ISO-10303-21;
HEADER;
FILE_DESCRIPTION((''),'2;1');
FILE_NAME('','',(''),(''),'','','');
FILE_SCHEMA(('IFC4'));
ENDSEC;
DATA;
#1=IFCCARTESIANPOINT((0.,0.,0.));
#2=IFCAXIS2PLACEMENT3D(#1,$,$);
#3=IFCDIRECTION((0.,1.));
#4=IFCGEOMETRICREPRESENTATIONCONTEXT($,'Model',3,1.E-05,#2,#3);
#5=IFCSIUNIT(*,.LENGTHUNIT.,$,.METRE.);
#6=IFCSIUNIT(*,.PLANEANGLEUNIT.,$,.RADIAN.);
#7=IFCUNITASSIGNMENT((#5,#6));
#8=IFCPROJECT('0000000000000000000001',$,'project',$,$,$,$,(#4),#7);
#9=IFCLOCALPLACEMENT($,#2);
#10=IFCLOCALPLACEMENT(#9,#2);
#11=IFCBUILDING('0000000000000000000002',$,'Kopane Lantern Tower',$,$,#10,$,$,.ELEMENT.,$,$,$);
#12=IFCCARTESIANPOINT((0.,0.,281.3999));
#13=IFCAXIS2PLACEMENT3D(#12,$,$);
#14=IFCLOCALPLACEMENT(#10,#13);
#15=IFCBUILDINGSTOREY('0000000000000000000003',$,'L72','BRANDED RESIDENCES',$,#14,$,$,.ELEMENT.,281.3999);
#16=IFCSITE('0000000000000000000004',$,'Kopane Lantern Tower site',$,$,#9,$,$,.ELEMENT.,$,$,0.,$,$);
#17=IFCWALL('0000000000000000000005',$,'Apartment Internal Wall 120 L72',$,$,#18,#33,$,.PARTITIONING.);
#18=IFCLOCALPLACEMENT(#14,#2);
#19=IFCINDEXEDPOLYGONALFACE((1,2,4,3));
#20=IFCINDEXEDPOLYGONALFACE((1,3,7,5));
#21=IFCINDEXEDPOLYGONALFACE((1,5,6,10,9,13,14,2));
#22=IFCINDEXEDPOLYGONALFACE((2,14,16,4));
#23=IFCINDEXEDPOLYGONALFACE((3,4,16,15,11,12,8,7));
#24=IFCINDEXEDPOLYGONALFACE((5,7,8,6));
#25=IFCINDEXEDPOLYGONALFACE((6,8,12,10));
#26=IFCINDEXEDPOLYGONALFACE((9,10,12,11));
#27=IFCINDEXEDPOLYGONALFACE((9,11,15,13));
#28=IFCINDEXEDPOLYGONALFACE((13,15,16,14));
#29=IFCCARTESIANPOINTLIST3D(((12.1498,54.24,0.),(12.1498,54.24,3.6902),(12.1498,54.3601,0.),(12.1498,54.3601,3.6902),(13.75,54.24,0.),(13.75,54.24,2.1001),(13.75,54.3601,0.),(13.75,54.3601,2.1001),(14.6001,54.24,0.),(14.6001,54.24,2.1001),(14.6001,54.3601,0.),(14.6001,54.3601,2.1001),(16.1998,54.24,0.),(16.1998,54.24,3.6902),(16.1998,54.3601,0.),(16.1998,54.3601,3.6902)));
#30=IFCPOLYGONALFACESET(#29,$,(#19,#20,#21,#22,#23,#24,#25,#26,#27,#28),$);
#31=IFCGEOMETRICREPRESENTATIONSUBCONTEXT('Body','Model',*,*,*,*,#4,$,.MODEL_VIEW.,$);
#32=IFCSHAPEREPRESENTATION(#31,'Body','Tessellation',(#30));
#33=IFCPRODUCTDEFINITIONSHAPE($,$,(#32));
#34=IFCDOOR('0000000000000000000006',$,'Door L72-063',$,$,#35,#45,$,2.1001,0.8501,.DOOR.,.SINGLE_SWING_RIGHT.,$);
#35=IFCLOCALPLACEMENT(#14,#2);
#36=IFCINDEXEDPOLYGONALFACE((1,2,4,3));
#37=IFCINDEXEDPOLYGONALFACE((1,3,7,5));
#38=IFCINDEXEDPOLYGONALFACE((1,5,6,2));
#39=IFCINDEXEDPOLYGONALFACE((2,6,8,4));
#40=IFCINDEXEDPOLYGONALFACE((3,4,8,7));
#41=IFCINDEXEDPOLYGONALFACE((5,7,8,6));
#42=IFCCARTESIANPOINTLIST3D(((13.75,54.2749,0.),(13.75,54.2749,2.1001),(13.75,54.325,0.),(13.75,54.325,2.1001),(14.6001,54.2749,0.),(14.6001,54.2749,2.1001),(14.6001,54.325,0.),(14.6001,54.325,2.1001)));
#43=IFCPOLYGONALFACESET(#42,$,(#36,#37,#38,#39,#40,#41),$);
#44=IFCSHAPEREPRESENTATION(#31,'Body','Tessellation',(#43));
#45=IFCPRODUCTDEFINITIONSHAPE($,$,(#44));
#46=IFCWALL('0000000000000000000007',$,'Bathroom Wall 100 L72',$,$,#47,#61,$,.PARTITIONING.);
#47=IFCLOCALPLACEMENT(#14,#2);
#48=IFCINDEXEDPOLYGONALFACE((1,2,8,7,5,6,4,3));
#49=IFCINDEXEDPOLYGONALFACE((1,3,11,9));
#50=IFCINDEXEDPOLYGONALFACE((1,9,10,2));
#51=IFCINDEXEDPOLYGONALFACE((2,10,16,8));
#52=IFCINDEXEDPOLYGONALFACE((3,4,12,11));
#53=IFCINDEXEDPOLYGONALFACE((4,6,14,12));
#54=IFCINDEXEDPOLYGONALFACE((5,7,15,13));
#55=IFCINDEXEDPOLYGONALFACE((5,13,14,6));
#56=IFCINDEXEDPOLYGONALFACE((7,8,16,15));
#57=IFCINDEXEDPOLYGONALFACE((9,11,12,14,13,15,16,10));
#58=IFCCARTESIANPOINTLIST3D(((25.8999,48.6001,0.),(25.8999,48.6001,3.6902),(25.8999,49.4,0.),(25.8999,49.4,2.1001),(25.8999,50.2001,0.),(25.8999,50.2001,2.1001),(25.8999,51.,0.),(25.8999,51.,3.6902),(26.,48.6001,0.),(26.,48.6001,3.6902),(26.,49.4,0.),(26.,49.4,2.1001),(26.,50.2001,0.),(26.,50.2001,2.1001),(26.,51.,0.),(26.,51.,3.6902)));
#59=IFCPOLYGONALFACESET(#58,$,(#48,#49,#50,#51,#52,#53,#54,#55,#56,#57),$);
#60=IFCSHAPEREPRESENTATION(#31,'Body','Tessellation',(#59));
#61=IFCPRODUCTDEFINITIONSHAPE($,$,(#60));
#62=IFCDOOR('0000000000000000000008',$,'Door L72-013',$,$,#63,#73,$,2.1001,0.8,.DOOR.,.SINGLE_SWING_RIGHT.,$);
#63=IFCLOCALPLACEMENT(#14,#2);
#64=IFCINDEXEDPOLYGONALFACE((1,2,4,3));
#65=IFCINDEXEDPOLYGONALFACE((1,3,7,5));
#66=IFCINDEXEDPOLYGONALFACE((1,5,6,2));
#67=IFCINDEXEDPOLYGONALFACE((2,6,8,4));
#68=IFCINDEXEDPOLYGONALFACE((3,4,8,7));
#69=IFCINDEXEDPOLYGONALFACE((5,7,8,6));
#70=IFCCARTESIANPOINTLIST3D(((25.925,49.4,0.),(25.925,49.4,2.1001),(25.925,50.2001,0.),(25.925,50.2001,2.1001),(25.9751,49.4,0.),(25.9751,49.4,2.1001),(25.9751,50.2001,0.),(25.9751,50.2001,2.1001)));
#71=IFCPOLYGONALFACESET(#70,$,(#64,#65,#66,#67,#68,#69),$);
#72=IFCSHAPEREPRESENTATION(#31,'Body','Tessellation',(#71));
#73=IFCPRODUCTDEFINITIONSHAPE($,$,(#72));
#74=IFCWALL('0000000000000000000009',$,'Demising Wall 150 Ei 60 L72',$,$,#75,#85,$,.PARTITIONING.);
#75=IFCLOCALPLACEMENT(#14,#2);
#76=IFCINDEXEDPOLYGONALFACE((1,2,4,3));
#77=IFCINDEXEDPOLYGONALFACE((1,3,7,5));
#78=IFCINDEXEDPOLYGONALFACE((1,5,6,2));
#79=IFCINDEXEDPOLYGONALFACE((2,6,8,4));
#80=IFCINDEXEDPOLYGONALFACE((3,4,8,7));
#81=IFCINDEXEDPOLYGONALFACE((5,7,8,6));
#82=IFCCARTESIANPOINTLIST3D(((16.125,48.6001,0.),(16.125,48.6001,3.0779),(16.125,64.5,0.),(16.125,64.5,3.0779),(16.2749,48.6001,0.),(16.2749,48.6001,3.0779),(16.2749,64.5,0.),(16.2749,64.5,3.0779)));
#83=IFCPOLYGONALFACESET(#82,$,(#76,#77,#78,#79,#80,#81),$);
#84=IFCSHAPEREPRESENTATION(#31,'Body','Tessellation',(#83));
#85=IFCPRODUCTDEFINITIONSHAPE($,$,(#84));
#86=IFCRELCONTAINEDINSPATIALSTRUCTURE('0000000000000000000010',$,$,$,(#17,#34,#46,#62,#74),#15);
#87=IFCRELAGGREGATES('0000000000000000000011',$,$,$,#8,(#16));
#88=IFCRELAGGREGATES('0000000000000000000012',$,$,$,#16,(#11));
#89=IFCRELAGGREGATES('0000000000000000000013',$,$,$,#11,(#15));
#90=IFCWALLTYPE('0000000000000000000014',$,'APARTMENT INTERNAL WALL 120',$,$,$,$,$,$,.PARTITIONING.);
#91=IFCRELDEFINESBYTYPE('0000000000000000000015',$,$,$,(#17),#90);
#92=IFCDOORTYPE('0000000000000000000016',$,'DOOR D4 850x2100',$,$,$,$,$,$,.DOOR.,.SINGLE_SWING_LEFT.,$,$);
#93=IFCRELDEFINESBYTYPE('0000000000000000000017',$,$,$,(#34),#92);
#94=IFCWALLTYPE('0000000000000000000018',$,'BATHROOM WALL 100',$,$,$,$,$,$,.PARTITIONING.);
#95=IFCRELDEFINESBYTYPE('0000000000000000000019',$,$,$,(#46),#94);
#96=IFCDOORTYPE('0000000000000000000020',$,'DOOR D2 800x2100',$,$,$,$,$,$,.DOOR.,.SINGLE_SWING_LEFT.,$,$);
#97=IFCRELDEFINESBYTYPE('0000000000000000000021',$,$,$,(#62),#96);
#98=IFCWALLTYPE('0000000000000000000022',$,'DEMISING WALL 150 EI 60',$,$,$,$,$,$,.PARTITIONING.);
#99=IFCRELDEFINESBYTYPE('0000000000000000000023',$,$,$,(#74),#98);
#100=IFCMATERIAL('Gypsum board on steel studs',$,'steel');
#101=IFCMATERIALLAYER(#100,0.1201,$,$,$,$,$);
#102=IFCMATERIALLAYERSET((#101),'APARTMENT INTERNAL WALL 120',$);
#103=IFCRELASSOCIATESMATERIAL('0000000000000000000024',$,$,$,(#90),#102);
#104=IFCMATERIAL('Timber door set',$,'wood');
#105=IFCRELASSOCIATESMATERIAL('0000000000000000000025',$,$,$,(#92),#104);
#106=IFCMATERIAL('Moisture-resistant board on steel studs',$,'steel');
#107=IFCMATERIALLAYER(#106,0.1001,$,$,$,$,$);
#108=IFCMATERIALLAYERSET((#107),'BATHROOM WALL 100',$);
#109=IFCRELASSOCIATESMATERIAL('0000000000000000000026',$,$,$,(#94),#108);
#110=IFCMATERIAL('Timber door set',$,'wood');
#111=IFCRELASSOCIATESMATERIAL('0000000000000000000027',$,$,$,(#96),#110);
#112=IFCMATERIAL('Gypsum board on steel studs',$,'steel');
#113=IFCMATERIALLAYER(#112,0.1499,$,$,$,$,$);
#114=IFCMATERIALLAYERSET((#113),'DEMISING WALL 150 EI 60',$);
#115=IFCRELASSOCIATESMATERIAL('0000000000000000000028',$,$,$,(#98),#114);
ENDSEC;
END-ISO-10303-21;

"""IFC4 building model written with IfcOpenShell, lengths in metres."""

from ifc_helpers import new_model, si_unit, direction, frame, frame_2d, origin, place, context, subcontext, project, spatial, rectangle, extrude, material, layer, layer_set, type_object, element, fill, save


model = new_model("IFC4")

# Units and contexts
model_context = context("Model", 3, precision=1e-05, world=origin(), true_north=direction((0.0, 1.0)))
body_context = subcontext(model_context, "Body", "Model", "MODEL_VIEW")
ifc_project = project(units=[si_unit("LENGTHUNIT", "METRE"), si_unit("PLANEANGLEUNIT", "RADIAN")], contexts=[model_context])

# Site, building, storey
site_placement = place(None, origin())
site = spatial("IfcSite", under=ifc_project, at=site_placement, Name="Kopane Lantern Tower site", CompositionType="ELEMENT", RefElevation=0.0)
building_placement = place(site_placement, origin())
building = spatial("IfcBuilding", under=site, at=building_placement, Name="Kopane Lantern Tower", CompositionType="ELEMENT")
storey_placement = place(building_placement, frame((0.0, 0.0, 281.3999)))
storey = spatial("IfcBuildingStorey", under=building, at=storey_placement, Name="L72", Description="BRANDED RESIDENCES", CompositionType="ELEMENT", Elevation=281.3999)

# Shared definitions
ifc_material_1 = material(Name="Gypsum board on steel studs", Category="steel")
ifc_layer_1 = layer(ifc_material_1, 0.1201)
ifc_layer_set_1 = layer_set([ifc_layer_1], Name="APARTMENT INTERNAL WALL 120")
wall_type_1 = type_object("IfcWallType", Name="APARTMENT INTERNAL WALL 120", PredefinedType="PARTITIONING", material=ifc_layer_set_1)

# Walls, openings, doors
ifc_material_2 = material(Name="Timber door set", Category="wood")
door_type_1 = type_object("IfcDoorType", Name="DOOR D4 850x2100", OperationType="SINGLE_SWING_LEFT", PredefinedType="DOOR", material=ifc_material_2)
wall_1_placement = place(storey_placement, frame((12.1499, 54.3, 0.0), z_axis=(0.0, 0.0, 1.0), x_axis=(1.0, 0.0, 0.0)))
wall_1 = element("IfcWall", 1, at=wall_1_placement, inside=storey, type_object=wall_type_1, Name="Apartment Internal Wall 120 L72", PredefinedType="PARTITIONING", context=body_context, shape_type="SweptSolid", body=[
    extrude(rectangle(XDim=4.05, YDim=0.1201, at=frame_2d((2.0249, 0.0))), origin(), (0.0, 0.0, 1.0), 3.6902),
])
opening_1_placement = place(wall_1_placement, frame((1.6001, 0.0, 0.0)))
opening_1 = element("IfcOpeningElement", 2, at=opening_1_placement, cuts=wall_1, PredefinedType="OPENING", context=body_context, shape_type="SweptSolid", body=[
    extrude(rectangle(XDim=0.8501, YDim=2.1001, at=frame_2d((0.425, 1.05))), frame((0.0, 0.0701, 0.0), z_axis=(0.0, -1.0, 0.0), x_axis=(1.0, 0.0, 0.0)), (0.0, 0.0, 1.0), 0.1401),
])
door_1_placement = place(opening_1_placement, origin())
door_1 = element("IfcDoor", 3, at=door_1_placement, inside=storey, type_object=door_type_1, Name="Door L72-063", OperationType="SINGLE_SWING_RIGHT", OverallHeight=2.1001, OverallWidth=0.8501, PredefinedType="DOOR", context=body_context, shape_type="SweptSolid", body=[
    extrude(rectangle(XDim=0.8501, YDim=2.1001, at=frame_2d((0.425, 1.05))), frame((0.0, 0.0249, 0.0), z_axis=(0.0, -1.0, 0.0), x_axis=(1.0, 0.0, 0.0)), (0.0, 0.0, 1.0), 0.05),
])
fill(opening_1, door_1)
ifc_material_3 = material(Name="Moisture-resistant board on steel studs", Category="steel")
ifc_layer_2 = layer(ifc_material_3, 0.1001)
ifc_layer_set_2 = layer_set([ifc_layer_2], Name="BATHROOM WALL 100")
wall_type_2 = type_object("IfcWallType", Name="BATHROOM WALL 100", PredefinedType="PARTITIONING", material=ifc_layer_set_2)
wall_2_placement = place(storey_placement, frame((25.95, 48.6001, 0.0), z_axis=(0.0, 0.0, 1.0), x_axis=(0.0, 1.0, 0.0)))
wall_2 = element("IfcWall", 4, at=wall_2_placement, inside=storey, type_object=wall_type_2, Name="Bathroom Wall 100 L72", PredefinedType="PARTITIONING", context=body_context, shape_type="SweptSolid", body=[
    extrude(rectangle(XDim=2.3999, YDim=0.1001, at=frame_2d((1.2, 0.0))), origin(), (0.0, 0.0, 1.0), 3.6902),
])
opening_2_placement = place(wall_2_placement, frame((0.8, 0.0, 0.0)))
opening_2 = element("IfcOpeningElement", 5, at=opening_2_placement, cuts=wall_2, PredefinedType="OPENING", context=body_context, shape_type="SweptSolid", body=[
    extrude(rectangle(XDim=0.8, YDim=2.1001, at=frame_2d((0.3999, 1.05))), frame((0.0, 0.0601, 0.0), z_axis=(0.0, -1.0, 0.0), x_axis=(1.0, 0.0, 0.0)), (0.0, 0.0, 1.0), 0.1201),
])
ifc_material_4 = material(Name="Timber door set", Category="wood")
door_type_2 = type_object("IfcDoorType", Name="DOOR D2 800x2100", OperationType="SINGLE_SWING_LEFT", PredefinedType="DOOR", material=ifc_material_4)
door_2_placement = place(opening_2_placement, origin())
door_2 = element("IfcDoor", 6, at=door_2_placement, inside=storey, type_object=door_type_2, Name="Door L72-013", OperationType="SINGLE_SWING_RIGHT", OverallHeight=2.1001, OverallWidth=0.8, PredefinedType="DOOR", context=body_context, shape_type="SweptSolid", body=[
    extrude(rectangle(XDim=0.8, YDim=2.1001, at=frame_2d((0.3999, 1.05))), frame((0.0, 0.0249, 0.0), z_axis=(0.0, -1.0, 0.0), x_axis=(1.0, 0.0, 0.0)), (0.0, 0.0, 1.0), 0.05),
])
fill(opening_2, door_2)

# Wall
ifc_material_5 = material(Name="Gypsum board on steel studs", Category="steel")
ifc_layer_3 = layer(ifc_material_5, 0.1499)
ifc_layer_set_3 = layer_set([ifc_layer_3], Name="DEMISING WALL 150 EI 60")
wall_type_3 = type_object("IfcWallType", Name="DEMISING WALL 150 EI 60", PredefinedType="PARTITIONING", material=ifc_layer_set_3)
wall_3_placement = place(storey_placement, frame((16.2, 48.6001, 0.0), z_axis=(0.0, 0.0, 1.0), x_axis=(0.0, 1.0, 0.0)))
element("IfcWall", 7, at=wall_3_placement, inside=storey, type_object=wall_type_3, Name="Demising Wall 150 Ei 60 L72", PredefinedType="PARTITIONING", context=body_context, shape_type="SweptSolid", body=[
    extrude(rectangle(XDim=15.8999, YDim=0.1499, at=frame_2d((7.95, 0.0))), origin(), (0.0, 0.0, 1.0), 3.0779),
])

save(model, "model.ifc")
